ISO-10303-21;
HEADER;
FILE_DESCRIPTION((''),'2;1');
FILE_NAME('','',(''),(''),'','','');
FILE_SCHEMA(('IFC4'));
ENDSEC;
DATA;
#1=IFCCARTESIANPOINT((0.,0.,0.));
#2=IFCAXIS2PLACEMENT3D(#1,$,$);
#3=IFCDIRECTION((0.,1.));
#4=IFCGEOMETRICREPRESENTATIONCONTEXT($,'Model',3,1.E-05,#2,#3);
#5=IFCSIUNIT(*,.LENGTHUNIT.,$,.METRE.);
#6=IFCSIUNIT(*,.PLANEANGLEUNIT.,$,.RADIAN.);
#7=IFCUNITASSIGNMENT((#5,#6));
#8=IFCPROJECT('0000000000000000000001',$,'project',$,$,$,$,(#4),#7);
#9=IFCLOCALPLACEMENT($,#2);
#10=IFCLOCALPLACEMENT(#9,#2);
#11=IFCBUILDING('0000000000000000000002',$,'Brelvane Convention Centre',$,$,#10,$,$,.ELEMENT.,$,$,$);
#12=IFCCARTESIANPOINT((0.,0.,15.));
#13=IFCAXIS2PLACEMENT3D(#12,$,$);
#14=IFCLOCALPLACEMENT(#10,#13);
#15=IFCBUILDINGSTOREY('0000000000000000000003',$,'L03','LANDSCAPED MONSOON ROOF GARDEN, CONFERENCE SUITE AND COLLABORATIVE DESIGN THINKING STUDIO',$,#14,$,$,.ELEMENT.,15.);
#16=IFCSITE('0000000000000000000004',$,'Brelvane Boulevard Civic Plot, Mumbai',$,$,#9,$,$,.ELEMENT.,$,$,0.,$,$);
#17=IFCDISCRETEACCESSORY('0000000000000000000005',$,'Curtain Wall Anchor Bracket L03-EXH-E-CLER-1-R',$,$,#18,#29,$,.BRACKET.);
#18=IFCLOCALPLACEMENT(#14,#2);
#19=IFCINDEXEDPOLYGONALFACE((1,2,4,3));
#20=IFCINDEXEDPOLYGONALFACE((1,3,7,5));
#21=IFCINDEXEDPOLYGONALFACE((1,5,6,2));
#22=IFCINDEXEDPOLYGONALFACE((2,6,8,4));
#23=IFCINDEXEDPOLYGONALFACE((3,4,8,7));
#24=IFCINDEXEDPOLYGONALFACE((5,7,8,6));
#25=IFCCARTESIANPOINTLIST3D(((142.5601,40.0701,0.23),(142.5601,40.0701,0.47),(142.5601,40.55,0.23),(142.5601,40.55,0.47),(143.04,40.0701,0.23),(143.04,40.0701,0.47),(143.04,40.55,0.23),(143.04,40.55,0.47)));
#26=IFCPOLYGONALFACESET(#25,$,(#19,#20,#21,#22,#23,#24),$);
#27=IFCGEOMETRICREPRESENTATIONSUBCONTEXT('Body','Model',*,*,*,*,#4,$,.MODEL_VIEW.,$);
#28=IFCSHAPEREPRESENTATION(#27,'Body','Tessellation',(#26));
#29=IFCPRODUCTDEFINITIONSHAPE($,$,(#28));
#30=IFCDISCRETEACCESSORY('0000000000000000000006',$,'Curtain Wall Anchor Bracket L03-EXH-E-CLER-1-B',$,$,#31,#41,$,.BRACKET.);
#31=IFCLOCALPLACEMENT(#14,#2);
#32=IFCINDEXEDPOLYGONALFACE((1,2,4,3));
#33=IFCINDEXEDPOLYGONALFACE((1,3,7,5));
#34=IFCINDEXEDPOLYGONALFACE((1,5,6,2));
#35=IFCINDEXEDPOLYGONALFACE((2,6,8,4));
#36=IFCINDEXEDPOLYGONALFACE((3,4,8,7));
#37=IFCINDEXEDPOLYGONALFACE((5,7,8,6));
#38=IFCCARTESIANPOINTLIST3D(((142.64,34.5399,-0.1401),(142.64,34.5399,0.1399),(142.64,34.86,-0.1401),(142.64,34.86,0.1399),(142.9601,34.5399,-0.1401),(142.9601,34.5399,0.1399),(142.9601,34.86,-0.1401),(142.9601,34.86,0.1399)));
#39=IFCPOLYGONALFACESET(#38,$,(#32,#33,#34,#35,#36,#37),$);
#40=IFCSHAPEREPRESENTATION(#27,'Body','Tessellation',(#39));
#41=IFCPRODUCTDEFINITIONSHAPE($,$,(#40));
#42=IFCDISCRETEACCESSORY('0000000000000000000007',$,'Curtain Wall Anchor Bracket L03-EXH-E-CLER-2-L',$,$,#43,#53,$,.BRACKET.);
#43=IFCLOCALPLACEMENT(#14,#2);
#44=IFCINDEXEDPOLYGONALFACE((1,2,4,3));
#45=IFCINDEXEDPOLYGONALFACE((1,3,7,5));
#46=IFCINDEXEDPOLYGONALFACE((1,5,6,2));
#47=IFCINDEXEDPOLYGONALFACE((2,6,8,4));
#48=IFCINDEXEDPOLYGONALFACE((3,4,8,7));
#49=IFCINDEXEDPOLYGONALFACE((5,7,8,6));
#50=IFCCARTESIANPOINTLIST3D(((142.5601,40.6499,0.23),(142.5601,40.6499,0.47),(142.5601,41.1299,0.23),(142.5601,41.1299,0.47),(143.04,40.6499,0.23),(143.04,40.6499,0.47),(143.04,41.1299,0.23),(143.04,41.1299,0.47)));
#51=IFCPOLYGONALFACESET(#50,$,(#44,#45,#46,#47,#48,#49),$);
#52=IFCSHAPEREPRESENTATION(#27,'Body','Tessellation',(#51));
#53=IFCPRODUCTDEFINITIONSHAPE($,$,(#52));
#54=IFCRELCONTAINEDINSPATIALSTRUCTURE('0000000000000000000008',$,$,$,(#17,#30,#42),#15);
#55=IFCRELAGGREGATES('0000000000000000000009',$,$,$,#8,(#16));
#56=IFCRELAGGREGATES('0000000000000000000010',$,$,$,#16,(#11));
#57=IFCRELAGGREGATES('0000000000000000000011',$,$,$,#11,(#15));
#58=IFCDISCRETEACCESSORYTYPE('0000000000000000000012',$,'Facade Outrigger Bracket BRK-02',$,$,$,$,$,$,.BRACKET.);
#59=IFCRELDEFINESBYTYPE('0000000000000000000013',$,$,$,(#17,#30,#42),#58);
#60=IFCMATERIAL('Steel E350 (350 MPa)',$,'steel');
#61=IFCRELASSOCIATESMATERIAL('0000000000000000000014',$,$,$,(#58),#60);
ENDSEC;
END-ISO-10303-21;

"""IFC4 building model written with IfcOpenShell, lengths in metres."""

from ifc_helpers import new_model, si_unit, direction, frame, origin, origin_2d, place, context, subcontext, project, spatial, rectangle, extrude, material, type_object, element, save


model = new_model("IFC4")

# Units and contexts
model_context = context("Model", 3, precision=1e-05, world=origin(), true_north=direction((0.0, 1.0)))
body_context = subcontext(model_context, "Body", "Model", "MODEL_VIEW")
ifc_project = project(units=[si_unit("LENGTHUNIT", "METRE"), si_unit("PLANEANGLEUNIT", "RADIAN")], contexts=[model_context])

# Site, building, storey
site_placement = place(None, origin())
site = spatial("IfcSite", under=ifc_project, at=site_placement, Name="Brelvane Boulevard Civic Plot, Mumbai", CompositionType="ELEMENT", RefElevation=0.0)
building_placement = place(site_placement, origin())
building = spatial("IfcBuilding", under=site, at=building_placement, Name="Brelvane Convention Centre", CompositionType="ELEMENT")
storey_placement = place(building_placement, frame((0.0, 0.0, 15.0)))
storey = spatial("IfcBuildingStorey", under=building, at=storey_placement, Name="L03", Description="LANDSCAPED MONSOON ROOF GARDEN, CONFERENCE SUITE AND COLLABORATIVE DESIGN THINKING STUDIO", CompositionType="ELEMENT", Elevation=15.0)

# Discrete accessories
ifc_material_1 = material(Name="Steel E350 (350 MPa)", Category="steel")
discrete_accessory_type = type_object("IfcDiscreteAccessoryType", Name="Facade Outrigger Bracket BRK-02", PredefinedType="BRACKET", material=ifc_material_1)
discrete_accessory_1_placement = place(storey_placement, frame((142.8, 40.3101, 0.23), z_axis=(0.0, 0.0, 1.0), x_axis=(1.0, 0.0, 0.0)))
element("IfcDiscreteAccessory", 1, at=discrete_accessory_1_placement, inside=storey, type_object=discrete_accessory_type, Name="Curtain Wall Anchor Bracket L03-EXH-E-CLER-1-R", PredefinedType="BRACKET", context=body_context, shape_type="SweptSolid", body=[
    extrude(rectangle(XDim=0.48, YDim=0.48, at=origin_2d()), origin(), (0.0, 0.0, 1.0), 0.24),
])
discrete_accessory_2_placement = place(storey_placement, frame((142.8, 34.7, -0.1401), z_axis=(0.0, 0.0, 1.0), x_axis=(1.0, 0.0, 0.0)))
element("IfcDiscreteAccessory", 2, at=discrete_accessory_2_placement, inside=storey, type_object=discrete_accessory_type, Name="Curtain Wall Anchor Bracket L03-EXH-E-CLER-1-B", PredefinedType="BRACKET", context=body_context, shape_type="SweptSolid", body=[
    extrude(rectangle(XDim=0.3201, YDim=0.3201, at=origin_2d()), origin(), (0.0, 0.0, 1.0), 0.28),
])
discrete_accessory_3_placement = place(storey_placement, frame((142.8, 40.8899, 0.23), z_axis=(0.0, 0.0, 1.0), x_axis=(1.0, 0.0, 0.0)))
element("IfcDiscreteAccessory", 3, at=discrete_accessory_3_placement, inside=storey, type_object=discrete_accessory_type, Name="Curtain Wall Anchor Bracket L03-EXH-E-CLER-2-L", PredefinedType="BRACKET", context=body_context, shape_type="SweptSolid", body=[
    extrude(rectangle(XDim=0.48, YDim=0.48, at=origin_2d()), origin(), (0.0, 0.0, 1.0), 0.24),
])

save(model, "model.ifc")
